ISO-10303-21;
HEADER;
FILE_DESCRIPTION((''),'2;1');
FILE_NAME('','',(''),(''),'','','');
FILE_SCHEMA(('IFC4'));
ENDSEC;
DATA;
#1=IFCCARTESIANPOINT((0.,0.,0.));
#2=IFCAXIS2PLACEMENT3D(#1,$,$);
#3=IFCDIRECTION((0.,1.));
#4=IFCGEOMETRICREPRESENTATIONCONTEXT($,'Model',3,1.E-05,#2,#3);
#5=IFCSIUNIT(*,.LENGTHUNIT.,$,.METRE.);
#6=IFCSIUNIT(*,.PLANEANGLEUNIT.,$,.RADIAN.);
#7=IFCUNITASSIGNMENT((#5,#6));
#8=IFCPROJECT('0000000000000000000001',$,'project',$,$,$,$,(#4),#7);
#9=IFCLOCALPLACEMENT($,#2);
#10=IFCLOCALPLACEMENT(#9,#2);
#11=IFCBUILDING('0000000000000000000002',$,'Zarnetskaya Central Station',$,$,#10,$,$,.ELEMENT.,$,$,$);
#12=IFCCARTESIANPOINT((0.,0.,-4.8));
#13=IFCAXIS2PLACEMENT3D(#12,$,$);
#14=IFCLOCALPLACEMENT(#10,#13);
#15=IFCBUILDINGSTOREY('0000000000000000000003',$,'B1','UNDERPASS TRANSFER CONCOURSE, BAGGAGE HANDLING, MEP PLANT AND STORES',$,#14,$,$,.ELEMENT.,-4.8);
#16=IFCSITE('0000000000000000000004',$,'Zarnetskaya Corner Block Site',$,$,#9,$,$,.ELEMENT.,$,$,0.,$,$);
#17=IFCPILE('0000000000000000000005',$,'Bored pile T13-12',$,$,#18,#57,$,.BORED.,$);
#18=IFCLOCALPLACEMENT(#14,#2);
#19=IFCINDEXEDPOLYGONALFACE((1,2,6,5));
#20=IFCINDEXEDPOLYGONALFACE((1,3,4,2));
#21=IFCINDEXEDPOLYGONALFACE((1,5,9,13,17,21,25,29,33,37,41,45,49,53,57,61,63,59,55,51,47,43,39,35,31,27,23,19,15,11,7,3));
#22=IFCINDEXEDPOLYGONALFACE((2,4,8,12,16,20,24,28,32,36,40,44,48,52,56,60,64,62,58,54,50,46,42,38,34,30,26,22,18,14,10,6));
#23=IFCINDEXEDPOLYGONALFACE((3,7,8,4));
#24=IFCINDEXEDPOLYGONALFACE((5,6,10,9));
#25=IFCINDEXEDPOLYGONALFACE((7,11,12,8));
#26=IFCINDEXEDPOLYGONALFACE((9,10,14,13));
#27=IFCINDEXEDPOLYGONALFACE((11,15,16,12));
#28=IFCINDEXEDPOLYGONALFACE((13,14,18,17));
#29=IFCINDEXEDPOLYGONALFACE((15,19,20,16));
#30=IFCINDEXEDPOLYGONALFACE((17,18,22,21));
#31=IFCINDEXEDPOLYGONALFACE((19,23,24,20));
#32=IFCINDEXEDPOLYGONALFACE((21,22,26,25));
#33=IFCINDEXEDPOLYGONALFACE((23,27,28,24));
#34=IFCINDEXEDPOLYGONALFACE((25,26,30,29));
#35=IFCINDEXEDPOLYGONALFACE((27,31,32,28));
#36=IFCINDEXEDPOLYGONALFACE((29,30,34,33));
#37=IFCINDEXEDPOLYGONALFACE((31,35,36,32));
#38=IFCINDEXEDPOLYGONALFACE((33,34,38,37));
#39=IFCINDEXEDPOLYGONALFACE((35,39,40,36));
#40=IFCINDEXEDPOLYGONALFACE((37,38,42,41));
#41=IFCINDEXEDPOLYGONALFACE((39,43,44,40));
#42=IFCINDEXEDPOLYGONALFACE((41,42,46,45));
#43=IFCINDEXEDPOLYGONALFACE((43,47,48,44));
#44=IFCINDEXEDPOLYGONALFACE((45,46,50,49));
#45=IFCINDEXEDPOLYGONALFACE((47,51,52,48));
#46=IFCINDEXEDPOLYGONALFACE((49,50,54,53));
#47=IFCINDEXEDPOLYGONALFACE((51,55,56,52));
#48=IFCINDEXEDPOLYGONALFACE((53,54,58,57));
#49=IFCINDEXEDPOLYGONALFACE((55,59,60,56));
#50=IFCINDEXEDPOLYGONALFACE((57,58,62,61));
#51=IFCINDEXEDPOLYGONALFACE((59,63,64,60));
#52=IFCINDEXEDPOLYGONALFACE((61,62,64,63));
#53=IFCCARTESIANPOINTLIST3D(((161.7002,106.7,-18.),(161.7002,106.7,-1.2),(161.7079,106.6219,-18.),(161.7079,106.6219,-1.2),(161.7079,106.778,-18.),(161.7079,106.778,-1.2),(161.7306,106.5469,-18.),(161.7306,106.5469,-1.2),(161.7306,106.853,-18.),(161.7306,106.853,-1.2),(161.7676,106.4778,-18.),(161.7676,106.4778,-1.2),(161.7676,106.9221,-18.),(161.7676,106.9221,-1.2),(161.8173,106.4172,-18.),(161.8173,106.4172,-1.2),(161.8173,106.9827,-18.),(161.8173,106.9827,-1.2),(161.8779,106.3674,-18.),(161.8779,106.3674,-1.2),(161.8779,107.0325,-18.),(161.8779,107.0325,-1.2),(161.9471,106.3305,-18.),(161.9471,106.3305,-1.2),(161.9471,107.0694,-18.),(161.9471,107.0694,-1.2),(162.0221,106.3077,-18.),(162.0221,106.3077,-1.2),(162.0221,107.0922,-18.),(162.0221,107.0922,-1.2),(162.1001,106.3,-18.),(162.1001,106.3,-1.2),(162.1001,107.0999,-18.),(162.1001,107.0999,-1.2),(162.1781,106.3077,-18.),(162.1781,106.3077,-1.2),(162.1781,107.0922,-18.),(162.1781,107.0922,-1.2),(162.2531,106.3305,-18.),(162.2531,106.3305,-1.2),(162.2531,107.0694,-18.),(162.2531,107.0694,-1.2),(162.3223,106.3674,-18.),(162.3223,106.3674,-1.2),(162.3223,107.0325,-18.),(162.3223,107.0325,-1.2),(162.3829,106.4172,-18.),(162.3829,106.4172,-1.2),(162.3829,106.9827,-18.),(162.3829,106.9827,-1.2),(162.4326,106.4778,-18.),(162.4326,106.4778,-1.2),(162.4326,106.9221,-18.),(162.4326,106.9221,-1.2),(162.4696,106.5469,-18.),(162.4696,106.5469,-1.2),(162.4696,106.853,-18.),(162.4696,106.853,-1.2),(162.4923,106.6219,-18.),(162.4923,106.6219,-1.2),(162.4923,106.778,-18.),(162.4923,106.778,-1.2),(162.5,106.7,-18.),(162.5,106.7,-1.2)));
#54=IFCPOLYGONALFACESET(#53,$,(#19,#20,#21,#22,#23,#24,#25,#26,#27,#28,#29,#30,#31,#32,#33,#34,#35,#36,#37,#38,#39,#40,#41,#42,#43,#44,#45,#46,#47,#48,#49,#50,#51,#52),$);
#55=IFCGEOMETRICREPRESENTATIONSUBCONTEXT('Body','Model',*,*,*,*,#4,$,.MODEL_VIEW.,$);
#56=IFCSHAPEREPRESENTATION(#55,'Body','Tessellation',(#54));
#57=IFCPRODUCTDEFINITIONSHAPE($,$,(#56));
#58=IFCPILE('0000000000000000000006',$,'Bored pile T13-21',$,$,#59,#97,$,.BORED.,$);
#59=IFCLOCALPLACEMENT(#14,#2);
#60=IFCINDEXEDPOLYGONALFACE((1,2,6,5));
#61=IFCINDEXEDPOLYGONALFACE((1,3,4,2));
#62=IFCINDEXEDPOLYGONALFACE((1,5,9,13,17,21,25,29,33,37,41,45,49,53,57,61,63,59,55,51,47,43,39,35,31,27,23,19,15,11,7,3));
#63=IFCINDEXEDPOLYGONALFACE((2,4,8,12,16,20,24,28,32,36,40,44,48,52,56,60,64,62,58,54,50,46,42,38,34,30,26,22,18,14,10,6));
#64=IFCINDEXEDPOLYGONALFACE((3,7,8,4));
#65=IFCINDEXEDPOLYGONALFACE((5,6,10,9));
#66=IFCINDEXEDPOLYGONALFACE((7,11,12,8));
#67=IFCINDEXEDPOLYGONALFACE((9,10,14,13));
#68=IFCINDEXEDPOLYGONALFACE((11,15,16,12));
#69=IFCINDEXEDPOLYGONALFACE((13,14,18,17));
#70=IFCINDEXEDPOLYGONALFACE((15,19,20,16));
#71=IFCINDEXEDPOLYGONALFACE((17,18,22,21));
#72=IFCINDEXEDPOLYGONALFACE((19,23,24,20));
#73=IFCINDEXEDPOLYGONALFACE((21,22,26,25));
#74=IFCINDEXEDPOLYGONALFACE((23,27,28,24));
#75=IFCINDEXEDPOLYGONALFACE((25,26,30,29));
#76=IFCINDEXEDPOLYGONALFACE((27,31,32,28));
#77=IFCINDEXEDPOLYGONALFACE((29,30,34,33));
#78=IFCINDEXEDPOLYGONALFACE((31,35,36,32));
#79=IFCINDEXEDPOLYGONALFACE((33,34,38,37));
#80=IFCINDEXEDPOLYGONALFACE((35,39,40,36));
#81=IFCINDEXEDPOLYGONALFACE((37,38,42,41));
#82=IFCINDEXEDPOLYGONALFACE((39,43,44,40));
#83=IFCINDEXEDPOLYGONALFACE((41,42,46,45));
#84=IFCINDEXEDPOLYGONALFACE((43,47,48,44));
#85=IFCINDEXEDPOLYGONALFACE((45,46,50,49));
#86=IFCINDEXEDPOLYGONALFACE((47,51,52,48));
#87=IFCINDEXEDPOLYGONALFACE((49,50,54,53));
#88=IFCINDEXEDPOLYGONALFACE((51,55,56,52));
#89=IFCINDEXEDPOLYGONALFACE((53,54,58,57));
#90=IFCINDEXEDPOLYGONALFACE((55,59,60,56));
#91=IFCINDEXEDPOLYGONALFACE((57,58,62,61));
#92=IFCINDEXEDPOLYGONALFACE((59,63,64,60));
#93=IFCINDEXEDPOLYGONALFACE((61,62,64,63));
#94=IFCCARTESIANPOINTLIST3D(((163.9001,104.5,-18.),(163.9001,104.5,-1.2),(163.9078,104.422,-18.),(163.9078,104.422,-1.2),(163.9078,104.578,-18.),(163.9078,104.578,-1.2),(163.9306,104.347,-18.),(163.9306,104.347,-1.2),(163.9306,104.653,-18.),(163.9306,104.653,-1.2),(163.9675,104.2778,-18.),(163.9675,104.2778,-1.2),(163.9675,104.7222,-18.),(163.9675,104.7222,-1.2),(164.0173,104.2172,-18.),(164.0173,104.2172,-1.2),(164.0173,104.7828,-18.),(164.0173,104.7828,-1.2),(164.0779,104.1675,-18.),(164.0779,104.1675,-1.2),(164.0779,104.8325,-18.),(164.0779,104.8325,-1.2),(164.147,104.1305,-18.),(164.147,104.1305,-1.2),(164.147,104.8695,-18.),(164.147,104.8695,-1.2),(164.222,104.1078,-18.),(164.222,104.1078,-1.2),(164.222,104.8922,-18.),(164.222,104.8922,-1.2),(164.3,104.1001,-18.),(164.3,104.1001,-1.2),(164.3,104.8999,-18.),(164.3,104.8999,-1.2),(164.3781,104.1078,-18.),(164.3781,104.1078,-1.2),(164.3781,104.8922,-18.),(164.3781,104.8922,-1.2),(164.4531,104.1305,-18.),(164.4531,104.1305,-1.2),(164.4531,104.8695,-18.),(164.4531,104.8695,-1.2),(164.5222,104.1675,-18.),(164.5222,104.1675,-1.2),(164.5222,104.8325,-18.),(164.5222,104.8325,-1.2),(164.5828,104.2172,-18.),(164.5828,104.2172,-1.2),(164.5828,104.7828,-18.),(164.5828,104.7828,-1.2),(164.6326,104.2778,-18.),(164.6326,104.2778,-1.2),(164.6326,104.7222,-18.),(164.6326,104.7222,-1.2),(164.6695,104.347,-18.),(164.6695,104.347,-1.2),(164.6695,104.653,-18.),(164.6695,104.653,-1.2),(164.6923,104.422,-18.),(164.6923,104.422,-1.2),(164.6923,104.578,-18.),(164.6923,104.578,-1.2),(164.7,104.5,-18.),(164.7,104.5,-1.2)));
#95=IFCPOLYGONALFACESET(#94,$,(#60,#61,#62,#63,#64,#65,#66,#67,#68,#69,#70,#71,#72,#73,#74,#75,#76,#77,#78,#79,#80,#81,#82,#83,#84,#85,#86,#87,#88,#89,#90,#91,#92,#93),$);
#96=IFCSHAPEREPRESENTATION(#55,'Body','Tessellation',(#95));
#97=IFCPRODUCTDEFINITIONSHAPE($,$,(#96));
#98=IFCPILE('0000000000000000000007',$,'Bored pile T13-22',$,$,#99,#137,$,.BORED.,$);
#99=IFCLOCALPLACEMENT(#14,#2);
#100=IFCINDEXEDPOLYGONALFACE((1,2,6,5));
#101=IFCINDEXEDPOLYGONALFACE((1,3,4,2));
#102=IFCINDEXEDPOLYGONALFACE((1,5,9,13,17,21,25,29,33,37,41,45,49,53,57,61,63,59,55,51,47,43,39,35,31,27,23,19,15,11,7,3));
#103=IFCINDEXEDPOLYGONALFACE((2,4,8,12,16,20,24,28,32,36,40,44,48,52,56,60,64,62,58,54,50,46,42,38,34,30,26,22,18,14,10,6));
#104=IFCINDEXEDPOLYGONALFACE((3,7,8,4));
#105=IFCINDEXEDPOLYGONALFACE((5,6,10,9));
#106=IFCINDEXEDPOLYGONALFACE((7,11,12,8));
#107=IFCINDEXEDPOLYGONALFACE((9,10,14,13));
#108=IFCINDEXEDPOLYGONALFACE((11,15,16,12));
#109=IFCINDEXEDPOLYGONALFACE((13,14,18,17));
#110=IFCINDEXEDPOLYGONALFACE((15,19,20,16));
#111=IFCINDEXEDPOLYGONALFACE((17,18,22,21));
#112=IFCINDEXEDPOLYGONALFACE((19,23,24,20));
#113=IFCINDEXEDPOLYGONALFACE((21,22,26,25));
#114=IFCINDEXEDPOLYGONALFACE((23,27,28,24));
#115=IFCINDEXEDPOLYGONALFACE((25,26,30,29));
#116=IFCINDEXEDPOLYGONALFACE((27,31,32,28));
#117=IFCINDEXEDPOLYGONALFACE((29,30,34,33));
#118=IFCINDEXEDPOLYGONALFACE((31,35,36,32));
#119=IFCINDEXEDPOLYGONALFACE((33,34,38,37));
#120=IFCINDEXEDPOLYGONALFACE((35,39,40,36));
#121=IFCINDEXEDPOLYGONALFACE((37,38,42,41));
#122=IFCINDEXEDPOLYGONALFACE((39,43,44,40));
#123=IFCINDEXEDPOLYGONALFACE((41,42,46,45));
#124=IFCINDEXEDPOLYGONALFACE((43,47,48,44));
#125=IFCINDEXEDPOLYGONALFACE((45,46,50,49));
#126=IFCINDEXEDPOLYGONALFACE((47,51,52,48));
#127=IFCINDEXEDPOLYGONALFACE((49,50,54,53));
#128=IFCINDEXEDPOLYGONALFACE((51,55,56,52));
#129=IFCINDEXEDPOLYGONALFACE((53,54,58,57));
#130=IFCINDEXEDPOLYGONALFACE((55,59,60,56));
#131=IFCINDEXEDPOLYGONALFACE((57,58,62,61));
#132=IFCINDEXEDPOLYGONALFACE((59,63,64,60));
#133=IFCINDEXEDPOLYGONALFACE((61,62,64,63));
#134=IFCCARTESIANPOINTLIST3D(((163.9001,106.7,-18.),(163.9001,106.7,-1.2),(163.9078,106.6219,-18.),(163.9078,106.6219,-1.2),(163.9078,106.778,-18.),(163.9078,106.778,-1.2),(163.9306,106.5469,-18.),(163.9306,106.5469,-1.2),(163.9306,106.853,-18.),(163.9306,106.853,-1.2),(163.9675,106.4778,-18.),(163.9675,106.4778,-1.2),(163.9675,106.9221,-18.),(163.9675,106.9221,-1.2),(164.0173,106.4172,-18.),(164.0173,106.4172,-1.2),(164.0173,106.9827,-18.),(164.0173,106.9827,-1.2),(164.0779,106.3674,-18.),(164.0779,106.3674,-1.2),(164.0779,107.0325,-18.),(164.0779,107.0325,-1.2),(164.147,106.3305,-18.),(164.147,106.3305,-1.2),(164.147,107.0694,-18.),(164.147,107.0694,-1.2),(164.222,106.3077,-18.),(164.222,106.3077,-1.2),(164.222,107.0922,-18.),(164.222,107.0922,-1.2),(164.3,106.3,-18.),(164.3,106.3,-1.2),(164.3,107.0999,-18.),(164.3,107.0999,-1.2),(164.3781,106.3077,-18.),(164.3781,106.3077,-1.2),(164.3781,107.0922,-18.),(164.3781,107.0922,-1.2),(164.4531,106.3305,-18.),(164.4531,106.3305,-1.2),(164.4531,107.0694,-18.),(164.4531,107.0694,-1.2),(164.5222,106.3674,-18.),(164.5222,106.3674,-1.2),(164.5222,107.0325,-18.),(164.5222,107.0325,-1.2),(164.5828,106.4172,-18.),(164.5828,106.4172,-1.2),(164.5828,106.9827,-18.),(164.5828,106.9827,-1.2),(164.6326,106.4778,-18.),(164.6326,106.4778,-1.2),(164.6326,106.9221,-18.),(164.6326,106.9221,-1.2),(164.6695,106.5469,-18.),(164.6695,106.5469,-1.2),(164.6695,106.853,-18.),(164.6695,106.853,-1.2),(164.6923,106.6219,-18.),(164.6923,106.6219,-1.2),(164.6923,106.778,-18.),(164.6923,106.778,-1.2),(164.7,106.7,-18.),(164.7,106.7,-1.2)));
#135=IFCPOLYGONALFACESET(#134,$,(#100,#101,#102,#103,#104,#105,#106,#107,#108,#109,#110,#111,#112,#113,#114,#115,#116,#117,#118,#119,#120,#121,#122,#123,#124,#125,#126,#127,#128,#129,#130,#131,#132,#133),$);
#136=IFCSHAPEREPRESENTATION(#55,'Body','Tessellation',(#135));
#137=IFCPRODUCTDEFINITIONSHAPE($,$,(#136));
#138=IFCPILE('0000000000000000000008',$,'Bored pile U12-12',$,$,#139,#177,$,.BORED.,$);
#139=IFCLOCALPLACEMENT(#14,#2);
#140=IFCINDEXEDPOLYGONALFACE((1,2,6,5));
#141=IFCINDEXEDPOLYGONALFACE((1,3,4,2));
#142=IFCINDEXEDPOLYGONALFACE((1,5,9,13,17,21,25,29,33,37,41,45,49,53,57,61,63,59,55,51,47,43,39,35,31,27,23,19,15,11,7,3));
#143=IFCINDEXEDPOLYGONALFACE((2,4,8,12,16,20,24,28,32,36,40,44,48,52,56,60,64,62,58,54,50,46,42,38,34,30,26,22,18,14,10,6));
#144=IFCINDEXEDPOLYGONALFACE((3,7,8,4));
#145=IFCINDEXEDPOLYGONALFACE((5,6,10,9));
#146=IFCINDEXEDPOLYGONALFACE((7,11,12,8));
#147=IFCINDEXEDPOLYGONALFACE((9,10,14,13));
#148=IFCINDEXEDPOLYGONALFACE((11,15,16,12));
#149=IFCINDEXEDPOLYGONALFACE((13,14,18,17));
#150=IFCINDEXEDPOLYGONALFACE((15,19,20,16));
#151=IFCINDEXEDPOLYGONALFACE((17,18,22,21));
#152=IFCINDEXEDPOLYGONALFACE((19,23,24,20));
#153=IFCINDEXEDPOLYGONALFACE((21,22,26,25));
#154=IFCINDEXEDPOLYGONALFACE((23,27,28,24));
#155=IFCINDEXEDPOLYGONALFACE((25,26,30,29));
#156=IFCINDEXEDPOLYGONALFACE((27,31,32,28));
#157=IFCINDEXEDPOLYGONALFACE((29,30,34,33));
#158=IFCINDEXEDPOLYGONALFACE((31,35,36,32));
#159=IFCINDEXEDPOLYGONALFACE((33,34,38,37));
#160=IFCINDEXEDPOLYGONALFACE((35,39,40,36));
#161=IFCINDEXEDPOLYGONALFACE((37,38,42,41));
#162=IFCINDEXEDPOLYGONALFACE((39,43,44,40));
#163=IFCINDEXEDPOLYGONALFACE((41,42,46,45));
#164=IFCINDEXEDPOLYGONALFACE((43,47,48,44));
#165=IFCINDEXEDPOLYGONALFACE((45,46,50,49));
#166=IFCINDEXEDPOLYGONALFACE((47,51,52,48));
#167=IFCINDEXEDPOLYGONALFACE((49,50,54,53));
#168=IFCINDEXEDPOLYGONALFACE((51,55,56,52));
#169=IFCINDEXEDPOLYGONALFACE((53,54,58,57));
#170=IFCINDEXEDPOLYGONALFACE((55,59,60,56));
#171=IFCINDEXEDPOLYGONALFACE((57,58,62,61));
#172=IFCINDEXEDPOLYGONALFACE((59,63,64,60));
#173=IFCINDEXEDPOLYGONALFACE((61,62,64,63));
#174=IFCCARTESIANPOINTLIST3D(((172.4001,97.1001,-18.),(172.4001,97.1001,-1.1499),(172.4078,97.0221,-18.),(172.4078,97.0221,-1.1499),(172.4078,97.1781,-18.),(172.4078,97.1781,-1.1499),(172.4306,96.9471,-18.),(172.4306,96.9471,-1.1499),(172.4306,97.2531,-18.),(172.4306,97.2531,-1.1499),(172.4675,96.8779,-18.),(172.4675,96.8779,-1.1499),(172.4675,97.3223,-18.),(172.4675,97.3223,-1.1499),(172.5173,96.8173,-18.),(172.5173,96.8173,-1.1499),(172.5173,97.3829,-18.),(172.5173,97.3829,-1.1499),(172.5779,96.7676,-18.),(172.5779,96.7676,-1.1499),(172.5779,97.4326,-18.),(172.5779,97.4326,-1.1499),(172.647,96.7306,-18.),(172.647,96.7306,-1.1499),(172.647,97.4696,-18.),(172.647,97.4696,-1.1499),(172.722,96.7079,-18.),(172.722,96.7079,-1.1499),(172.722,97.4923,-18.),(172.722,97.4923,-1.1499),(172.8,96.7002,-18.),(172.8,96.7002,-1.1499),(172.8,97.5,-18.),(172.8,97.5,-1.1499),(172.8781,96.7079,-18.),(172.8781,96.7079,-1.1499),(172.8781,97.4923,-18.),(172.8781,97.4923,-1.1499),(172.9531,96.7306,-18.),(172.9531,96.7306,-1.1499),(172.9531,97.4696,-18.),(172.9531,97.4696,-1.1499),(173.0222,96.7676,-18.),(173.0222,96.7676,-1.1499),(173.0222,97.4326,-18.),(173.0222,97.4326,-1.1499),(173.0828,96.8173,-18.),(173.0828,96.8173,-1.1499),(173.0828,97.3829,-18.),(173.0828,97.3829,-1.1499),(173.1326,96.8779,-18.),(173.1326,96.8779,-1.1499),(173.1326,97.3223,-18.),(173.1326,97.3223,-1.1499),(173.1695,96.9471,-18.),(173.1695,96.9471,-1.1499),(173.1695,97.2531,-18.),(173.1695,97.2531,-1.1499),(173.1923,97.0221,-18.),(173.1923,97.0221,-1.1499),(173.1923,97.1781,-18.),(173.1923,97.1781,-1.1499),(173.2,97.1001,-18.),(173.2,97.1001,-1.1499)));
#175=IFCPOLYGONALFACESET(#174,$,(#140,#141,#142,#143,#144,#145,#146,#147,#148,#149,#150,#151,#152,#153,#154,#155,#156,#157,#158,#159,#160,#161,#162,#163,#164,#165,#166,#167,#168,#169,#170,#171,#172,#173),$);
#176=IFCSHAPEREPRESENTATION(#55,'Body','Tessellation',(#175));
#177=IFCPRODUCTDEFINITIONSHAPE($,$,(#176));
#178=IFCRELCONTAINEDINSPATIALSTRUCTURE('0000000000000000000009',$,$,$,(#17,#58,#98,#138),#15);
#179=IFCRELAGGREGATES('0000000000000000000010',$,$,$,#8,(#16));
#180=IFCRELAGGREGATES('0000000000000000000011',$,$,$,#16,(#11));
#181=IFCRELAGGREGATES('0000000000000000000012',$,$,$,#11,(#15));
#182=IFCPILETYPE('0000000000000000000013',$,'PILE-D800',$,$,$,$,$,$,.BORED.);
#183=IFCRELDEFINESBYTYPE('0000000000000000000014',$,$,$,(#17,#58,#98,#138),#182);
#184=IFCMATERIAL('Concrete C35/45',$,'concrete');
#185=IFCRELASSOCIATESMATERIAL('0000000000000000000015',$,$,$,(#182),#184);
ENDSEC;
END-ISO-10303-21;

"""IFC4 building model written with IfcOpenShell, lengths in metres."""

from ifc_helpers import new_model, si_unit, direction, frame, origin, origin_2d, place, context, subcontext, project, spatial, circle, extrude, material, material_profile, profile_set, type_object, element, save


model = new_model("IFC4")

# Units and contexts
model_context = context("Model", 3, precision=1e-05, world=origin(), true_north=direction((0.0, 1.0)))
body_context = subcontext(model_context, "Body", "Model", "MODEL_VIEW")
ifc_project = project(units=[si_unit("LENGTHUNIT", "METRE"), si_unit("PLANEANGLEUNIT", "RADIAN")], contexts=[model_context])

# Site, building, storey
site_placement = place(None, origin())
site = spatial("IfcSite", under=ifc_project, at=site_placement, Name="Zarnetskaya Corner Block Site", CompositionType="ELEMENT", RefElevation=0.0)
building_placement = place(site_placement, origin())
building = spatial("IfcBuilding", under=site, at=building_placement, Name="Zarnetskaya Central Station", CompositionType="ELEMENT")
storey_placement = place(building_placement, frame((0.0, 0.0, -4.8)))
storey = spatial("IfcBuildingStorey", under=building, at=storey_placement, Name="B1", Description="UNDERPASS TRANSFER CONCOURSE, BAGGAGE HANDLING, MEP PLANT AND STORES", CompositionType="ELEMENT", Elevation=-4.8)

# Shared definitions
ifc_material = material(Name="Concrete C35/45", Category="concrete")

# Piles
ifc_material_profile_1 = material_profile(ifc_material, circle(Radius=0.3999, at=origin_2d()), Name="BORED PILE D800")
ifc_profile_set_1 = profile_set([ifc_material_profile_1], Name="Concrete C35/45")
pile_type = type_object("IfcPileType", Name="PILE-D800", PredefinedType="BORED", material=ifc_profile_set_1)
for number, where, z_axis, x_axis, name in (
    (1, (162.1001, 106.7, -1.2), (0.0, 0.0, -1.0), (1.0, 0.0, 0.0), "Bored pile T13-12"),
    (2, (164.3, 104.5, -1.2), (0.0, 0.0, -1.0), (1.0, 0.0, 0.0), "Bored pile T13-21"),
    (3, (164.3, 106.7, -1.2), (0.0, 0.0, -1.0), (1.0, 0.0, 0.0), "Bored pile T13-22"),
):
    element("IfcPile", number, at=place(storey_placement, frame(where, z_axis=z_axis, x_axis=x_axis)), inside=storey, type_object=pile_type, Name=name, PredefinedType="BORED", context=body_context, shape_type="SweptSolid", body=[
        extrude(circle(Radius=0.3999, at=origin_2d()), origin(), (0.0, 0.0, 1.0), 16.8),
    ])
for number, where, z_axis, x_axis, name in (
    (4, (172.8, 97.1001, -1.1499), (0.0, 0.0, -1.0), (1.0, 0.0, 0.0), "Bored pile U12-12"),
):
    element("IfcPile", number, at=place(storey_placement, frame(where, z_axis=z_axis, x_axis=x_axis)), inside=storey, type_object=pile_type, Name=name, PredefinedType="BORED", context=body_context, shape_type="SweptSolid", body=[
        extrude(circle(Radius=0.3999, at=origin_2d()), origin(), (0.0, 0.0, 1.0), 16.8501),
    ])

save(model, "model.ifc")
